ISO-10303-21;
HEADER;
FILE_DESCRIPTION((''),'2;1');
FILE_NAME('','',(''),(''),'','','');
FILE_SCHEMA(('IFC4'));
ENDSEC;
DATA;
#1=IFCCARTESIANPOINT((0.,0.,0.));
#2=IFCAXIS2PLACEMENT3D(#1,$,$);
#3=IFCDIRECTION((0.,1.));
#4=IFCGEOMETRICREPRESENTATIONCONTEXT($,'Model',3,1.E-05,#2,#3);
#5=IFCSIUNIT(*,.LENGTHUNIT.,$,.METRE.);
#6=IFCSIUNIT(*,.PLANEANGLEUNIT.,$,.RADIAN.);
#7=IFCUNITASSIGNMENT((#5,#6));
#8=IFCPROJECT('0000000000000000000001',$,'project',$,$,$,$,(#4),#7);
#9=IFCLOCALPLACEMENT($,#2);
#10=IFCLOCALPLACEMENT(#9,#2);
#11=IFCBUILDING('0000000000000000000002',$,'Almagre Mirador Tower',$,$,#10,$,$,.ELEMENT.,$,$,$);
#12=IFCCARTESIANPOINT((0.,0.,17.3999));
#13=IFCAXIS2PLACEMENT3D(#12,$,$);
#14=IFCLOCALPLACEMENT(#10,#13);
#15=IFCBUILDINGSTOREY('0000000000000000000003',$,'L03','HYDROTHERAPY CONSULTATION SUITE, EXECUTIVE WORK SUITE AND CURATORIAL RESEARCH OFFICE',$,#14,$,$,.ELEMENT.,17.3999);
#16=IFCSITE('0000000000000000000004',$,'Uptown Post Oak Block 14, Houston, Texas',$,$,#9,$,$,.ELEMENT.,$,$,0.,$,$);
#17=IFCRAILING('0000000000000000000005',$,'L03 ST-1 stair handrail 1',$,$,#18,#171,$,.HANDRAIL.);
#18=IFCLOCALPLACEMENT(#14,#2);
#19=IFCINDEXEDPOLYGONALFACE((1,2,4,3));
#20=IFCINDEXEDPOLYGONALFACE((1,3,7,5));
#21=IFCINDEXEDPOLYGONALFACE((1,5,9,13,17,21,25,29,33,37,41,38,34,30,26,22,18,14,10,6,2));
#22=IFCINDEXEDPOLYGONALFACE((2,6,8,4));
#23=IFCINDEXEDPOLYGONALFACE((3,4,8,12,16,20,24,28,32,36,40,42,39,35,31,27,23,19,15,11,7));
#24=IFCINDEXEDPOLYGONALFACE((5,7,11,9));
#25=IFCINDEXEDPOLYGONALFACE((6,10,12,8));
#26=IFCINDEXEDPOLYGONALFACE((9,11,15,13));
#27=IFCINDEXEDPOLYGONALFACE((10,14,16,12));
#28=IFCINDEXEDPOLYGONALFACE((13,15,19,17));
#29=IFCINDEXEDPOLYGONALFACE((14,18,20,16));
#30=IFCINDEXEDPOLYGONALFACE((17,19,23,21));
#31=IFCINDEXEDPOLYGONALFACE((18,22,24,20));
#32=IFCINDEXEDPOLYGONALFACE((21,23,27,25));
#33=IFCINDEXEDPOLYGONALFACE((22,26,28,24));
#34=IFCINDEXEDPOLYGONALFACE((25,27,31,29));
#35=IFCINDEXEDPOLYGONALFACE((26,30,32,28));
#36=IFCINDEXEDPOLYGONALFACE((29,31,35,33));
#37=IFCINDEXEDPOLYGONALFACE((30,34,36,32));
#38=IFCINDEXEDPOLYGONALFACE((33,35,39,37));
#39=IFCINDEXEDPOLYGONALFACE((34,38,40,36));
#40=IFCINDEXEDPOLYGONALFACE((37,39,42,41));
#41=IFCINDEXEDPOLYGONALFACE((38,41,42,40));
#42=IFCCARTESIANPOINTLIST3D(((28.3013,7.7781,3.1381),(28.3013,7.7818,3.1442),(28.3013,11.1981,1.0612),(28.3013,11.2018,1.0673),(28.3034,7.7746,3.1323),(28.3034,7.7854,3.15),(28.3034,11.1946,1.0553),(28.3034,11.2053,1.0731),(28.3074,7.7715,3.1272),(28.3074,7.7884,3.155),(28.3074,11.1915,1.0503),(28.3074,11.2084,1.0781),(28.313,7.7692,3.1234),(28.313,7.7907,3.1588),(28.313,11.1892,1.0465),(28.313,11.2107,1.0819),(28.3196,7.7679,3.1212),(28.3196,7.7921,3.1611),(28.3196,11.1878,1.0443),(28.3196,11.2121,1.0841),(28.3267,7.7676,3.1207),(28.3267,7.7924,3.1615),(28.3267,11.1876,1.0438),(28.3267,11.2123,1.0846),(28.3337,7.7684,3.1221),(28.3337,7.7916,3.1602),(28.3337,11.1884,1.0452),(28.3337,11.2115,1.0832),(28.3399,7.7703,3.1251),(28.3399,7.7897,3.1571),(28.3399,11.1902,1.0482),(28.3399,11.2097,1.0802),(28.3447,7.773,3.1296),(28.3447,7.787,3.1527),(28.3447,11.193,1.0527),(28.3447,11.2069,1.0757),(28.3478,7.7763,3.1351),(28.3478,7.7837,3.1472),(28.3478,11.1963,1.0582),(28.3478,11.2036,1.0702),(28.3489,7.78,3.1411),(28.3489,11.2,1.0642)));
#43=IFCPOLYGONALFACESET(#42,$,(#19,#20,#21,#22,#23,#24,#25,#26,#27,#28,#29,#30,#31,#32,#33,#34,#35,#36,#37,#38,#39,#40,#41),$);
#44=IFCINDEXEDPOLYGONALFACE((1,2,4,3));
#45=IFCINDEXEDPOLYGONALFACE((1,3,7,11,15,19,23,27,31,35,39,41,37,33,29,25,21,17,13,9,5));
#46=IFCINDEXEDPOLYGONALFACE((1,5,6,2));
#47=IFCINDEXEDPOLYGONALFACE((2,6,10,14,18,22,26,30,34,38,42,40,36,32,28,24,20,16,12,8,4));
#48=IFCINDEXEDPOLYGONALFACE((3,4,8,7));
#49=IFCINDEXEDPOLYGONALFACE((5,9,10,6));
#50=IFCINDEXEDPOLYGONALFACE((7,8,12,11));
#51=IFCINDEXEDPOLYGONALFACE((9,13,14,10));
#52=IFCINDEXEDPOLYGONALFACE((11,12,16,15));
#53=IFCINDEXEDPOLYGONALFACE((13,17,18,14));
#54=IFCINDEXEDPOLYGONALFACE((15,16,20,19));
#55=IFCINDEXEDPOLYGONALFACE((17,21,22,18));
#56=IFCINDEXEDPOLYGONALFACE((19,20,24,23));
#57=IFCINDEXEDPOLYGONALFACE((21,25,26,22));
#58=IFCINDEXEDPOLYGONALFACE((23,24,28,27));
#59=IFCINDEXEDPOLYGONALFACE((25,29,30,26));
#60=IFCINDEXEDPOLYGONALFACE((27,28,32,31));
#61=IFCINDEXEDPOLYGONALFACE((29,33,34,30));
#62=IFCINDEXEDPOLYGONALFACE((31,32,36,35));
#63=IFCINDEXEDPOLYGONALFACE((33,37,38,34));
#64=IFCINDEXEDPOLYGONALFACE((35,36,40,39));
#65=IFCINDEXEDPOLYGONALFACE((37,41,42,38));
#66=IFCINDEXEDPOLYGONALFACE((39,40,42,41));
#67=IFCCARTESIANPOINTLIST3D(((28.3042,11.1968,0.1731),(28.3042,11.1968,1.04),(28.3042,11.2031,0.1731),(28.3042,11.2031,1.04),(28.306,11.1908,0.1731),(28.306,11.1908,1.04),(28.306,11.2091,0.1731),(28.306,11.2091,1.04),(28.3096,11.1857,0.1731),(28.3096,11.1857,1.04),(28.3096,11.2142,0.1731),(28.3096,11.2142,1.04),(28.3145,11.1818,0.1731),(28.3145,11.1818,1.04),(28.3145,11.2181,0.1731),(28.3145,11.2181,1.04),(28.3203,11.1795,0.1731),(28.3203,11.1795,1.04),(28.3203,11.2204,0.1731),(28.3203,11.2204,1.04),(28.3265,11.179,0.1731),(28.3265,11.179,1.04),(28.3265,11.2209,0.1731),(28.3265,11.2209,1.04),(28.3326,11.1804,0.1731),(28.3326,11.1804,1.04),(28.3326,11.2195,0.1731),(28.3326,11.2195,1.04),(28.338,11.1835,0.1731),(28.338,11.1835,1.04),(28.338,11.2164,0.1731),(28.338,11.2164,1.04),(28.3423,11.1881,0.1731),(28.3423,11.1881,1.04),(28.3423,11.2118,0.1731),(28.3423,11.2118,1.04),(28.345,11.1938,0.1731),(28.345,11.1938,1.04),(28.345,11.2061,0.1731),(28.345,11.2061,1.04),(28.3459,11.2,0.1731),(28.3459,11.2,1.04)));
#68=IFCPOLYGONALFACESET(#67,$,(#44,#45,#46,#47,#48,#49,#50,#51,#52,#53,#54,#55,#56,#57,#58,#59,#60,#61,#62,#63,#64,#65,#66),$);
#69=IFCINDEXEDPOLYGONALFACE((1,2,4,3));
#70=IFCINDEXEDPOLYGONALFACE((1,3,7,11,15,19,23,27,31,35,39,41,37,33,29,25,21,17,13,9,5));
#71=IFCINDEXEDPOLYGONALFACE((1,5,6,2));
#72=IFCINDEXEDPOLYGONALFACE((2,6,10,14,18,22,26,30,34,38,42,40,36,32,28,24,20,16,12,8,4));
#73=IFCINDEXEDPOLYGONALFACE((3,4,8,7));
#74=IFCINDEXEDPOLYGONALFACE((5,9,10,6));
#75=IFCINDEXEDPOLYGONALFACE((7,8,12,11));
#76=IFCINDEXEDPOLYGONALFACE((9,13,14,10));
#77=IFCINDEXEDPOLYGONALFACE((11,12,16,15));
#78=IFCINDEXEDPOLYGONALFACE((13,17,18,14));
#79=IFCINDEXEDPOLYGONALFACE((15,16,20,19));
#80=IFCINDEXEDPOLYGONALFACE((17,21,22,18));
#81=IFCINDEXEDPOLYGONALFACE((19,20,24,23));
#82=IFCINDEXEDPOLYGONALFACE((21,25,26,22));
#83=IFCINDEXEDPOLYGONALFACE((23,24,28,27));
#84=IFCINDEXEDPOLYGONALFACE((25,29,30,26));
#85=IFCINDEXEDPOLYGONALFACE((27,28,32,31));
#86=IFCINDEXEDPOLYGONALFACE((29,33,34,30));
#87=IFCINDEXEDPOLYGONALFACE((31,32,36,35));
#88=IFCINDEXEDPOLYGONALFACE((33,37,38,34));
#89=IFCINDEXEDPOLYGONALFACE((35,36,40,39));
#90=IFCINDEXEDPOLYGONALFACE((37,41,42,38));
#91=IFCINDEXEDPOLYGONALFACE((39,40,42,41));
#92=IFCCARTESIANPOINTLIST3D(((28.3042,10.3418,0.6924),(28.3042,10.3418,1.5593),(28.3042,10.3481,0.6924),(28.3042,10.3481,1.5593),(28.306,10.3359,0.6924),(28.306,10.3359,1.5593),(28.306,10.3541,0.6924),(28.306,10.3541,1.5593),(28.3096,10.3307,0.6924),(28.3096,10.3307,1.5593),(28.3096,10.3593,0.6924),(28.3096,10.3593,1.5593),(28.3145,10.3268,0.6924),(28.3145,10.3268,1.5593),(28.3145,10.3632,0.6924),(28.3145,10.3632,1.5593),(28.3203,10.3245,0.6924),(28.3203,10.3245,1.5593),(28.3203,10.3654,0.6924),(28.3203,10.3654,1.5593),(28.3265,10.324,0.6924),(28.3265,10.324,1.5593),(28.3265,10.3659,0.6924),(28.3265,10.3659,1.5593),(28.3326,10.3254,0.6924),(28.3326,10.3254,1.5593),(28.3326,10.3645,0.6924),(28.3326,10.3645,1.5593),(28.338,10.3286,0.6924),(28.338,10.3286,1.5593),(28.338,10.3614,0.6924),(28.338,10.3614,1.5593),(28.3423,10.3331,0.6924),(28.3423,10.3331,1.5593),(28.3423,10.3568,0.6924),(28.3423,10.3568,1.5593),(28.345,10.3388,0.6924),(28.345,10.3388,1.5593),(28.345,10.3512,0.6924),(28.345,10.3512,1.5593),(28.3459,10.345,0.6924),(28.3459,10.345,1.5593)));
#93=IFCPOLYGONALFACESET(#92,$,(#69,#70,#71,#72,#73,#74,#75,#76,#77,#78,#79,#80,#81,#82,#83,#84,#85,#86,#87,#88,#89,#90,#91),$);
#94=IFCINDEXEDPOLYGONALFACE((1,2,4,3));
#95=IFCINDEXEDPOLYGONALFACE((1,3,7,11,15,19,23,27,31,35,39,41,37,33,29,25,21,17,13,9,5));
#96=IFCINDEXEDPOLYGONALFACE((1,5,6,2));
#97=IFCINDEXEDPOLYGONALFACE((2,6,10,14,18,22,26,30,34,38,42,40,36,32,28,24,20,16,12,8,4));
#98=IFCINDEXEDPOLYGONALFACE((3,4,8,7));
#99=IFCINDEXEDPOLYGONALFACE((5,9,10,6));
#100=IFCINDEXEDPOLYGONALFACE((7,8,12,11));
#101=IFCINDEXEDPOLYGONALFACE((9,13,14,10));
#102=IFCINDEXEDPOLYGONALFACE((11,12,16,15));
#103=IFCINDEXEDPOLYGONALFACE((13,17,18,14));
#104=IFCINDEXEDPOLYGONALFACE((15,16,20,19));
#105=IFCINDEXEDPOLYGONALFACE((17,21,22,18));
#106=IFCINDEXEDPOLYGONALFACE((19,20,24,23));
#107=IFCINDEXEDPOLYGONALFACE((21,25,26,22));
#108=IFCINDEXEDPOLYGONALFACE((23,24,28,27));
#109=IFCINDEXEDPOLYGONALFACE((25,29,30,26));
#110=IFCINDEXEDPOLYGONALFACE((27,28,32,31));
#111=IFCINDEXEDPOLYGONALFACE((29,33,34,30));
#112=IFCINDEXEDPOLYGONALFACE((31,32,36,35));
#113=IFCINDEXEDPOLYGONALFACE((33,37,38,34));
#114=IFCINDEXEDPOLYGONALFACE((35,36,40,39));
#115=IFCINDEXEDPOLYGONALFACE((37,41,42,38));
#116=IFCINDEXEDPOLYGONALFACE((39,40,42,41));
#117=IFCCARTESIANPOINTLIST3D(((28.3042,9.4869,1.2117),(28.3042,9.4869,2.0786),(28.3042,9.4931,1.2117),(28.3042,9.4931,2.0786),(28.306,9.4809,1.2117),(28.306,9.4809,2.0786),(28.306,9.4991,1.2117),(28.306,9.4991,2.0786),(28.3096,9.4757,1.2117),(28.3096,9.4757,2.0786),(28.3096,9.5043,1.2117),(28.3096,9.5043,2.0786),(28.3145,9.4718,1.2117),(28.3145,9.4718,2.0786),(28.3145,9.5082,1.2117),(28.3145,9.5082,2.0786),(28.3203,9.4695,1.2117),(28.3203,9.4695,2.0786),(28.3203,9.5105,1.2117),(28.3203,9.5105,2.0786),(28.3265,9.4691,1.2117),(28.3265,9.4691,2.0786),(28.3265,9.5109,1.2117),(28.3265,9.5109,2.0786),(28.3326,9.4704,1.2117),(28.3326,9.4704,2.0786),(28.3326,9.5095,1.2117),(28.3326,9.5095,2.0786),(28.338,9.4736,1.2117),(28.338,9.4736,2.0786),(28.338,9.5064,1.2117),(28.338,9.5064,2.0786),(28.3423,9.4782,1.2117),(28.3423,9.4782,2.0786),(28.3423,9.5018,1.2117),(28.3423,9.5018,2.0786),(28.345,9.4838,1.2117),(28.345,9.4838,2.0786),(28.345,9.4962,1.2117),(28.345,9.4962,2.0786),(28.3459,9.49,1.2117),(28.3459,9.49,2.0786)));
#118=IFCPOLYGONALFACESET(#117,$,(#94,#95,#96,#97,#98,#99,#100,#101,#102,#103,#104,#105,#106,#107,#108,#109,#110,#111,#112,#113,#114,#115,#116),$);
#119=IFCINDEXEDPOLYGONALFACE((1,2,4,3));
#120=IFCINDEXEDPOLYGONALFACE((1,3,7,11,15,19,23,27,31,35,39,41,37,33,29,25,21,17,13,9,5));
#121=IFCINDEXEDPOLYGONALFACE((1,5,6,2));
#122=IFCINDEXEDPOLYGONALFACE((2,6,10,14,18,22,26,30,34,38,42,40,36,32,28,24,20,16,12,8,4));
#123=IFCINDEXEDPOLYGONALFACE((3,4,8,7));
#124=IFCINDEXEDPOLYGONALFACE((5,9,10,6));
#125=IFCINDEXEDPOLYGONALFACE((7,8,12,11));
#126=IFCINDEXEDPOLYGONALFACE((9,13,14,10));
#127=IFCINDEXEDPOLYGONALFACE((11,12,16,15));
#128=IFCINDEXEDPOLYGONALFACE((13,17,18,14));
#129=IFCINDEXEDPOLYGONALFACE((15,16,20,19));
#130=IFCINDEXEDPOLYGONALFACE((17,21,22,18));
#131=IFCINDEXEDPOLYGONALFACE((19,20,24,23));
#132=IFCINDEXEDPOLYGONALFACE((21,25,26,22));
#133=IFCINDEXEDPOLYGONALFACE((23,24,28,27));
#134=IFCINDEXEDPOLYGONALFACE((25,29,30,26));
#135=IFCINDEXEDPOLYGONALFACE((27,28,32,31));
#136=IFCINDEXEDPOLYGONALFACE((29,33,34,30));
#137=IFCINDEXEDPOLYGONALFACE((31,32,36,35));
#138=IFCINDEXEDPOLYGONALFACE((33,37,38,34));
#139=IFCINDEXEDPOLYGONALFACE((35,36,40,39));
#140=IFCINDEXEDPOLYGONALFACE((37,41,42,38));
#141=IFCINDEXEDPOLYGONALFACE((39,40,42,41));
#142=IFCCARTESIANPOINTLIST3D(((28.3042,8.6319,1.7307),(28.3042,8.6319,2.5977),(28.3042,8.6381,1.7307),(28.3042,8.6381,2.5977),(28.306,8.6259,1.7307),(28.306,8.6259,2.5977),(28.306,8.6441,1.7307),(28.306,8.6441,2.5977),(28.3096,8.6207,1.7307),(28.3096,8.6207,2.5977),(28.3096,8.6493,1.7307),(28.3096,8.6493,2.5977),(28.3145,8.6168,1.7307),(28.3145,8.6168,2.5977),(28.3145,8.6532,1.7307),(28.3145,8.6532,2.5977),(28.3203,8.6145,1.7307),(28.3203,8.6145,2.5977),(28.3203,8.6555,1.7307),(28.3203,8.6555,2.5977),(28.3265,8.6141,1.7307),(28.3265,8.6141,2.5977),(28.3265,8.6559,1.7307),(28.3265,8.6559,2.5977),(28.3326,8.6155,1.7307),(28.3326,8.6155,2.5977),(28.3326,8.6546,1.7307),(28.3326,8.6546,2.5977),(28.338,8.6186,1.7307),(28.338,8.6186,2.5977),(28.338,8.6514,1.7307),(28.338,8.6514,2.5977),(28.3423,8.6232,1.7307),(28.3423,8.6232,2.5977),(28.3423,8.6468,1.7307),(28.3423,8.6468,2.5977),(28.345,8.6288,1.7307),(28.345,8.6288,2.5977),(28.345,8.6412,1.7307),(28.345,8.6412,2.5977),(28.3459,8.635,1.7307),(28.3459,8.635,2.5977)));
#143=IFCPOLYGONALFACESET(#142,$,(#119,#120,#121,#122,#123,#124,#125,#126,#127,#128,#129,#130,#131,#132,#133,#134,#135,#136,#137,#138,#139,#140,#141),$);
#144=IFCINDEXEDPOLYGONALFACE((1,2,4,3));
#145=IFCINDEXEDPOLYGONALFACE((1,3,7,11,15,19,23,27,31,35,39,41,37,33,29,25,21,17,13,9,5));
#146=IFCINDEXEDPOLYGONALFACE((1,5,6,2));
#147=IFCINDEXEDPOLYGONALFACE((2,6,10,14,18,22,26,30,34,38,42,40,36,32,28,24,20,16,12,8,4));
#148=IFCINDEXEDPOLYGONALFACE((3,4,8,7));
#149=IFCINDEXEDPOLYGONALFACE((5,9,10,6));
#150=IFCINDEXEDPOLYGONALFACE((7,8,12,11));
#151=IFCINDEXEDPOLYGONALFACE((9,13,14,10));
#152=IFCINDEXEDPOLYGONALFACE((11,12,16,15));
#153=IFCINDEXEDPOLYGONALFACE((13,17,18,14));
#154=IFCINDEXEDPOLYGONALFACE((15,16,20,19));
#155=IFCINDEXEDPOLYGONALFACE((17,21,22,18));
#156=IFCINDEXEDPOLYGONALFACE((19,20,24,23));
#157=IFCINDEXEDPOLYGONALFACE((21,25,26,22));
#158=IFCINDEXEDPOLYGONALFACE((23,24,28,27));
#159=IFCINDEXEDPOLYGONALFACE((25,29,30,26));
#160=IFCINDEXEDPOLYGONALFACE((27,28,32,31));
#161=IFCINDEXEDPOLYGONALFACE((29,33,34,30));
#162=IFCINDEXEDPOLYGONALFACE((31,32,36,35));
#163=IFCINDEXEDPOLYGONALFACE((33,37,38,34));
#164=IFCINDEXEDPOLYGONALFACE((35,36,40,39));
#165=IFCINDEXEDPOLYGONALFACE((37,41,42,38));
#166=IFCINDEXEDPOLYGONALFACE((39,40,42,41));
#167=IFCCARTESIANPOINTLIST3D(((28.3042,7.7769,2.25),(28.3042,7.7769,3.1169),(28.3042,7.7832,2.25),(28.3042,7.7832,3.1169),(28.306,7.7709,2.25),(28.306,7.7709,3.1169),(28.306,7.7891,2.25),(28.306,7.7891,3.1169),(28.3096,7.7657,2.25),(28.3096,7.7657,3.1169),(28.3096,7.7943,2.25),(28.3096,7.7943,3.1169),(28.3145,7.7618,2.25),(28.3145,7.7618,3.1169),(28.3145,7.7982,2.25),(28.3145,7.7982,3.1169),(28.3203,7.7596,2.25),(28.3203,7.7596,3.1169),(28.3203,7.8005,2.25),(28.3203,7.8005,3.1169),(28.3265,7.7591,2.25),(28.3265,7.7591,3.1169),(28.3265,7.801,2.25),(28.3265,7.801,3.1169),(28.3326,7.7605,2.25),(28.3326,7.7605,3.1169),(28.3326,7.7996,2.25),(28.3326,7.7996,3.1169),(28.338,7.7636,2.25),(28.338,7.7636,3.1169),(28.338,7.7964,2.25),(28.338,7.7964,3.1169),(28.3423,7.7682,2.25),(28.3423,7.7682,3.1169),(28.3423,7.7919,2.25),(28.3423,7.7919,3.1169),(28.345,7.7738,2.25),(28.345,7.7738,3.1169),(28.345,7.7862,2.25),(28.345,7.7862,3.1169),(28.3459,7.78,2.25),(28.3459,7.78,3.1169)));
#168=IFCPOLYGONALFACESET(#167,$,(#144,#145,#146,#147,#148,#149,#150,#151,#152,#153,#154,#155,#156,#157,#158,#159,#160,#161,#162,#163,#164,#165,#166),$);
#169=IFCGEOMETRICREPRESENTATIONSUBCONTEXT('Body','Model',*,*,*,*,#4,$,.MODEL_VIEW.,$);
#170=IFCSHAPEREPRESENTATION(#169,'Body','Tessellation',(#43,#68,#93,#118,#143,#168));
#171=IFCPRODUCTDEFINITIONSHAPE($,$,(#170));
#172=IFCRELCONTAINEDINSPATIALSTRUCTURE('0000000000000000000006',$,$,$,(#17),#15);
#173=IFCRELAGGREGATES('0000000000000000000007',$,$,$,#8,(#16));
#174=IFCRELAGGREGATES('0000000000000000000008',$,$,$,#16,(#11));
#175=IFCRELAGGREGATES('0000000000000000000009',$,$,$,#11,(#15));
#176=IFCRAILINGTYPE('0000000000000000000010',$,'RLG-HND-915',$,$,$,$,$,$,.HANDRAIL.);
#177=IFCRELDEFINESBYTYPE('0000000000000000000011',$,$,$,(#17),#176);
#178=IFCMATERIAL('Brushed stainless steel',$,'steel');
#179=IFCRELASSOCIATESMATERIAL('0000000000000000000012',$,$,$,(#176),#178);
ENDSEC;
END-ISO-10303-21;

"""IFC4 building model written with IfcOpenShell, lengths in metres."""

from ifc_helpers import new_model, si_unit, direction, frame, origin, origin_2d, place, context, subcontext, project, spatial, circle, extrude, material, type_object, element, save


model = new_model("IFC4")

# Units and contexts
model_context = context("Model", 3, precision=1e-05, world=origin(), true_north=direction((0.0, 1.0)))
body_context = subcontext(model_context, "Body", "Model", "MODEL_VIEW")
ifc_project = project(units=[si_unit("LENGTHUNIT", "METRE"), si_unit("PLANEANGLEUNIT", "RADIAN")], contexts=[model_context])

# Site, building, storey
site_placement = place(None, origin())
site = spatial("IfcSite", under=ifc_project, at=site_placement, Name="Uptown Post Oak Block 14, Houston, Texas", CompositionType="ELEMENT", RefElevation=0.0)
building_placement = place(site_placement, origin())
building = spatial("IfcBuilding", under=site, at=building_placement, Name="Almagre Mirador Tower", CompositionType="ELEMENT")
storey_placement = place(building_placement, frame((0.0, 0.0, 17.3999)))
storey = spatial("IfcBuildingStorey", under=building, at=storey_placement, Name="L03", Description="HYDROTHERAPY CONSULTATION SUITE, EXECUTIVE WORK SUITE AND CURATORIAL RESEARCH OFFICE", CompositionType="ELEMENT", Elevation=17.3999)

# Railing
ifc_material_1 = material(Name="Brushed stainless steel", Category="steel")
railing_type_1 = type_object("IfcRailingType", Name="RLG-HND-915", PredefinedType="HANDRAIL", material=ifc_material_1)
railing_1_placement = place(storey_placement, frame((28.325, 11.2, 0.1731)))
element("IfcRailing", 1, at=railing_1_placement, inside=storey, type_object=railing_type_1, Name="L03 ST-1 stair handrail 1", PredefinedType="HANDRAIL", context=body_context, shape_type="SweptSolid", body=[
    extrude(circle(Radius=0.0239, at=origin_2d()), frame((0.0, 0.0, 0.8911), z_axis=(0.0, -0.85473, 0.519074), x_axis=(1.0, 0.0, 0.0)), (0.0, 0.0, 1.0), 4.0012),
    extrude(circle(Radius=0.021, at=origin_2d()), origin(), (0.0, 0.0, 1.0), 0.8669),
    extrude(circle(Radius=0.021, at=origin_2d()), frame((0.0, -0.855, 0.5193)), (0.0, 0.0, 1.0), 0.8669),
    extrude(circle(Radius=0.021, at=origin_2d()), frame((0.0, -1.71, 1.0386)), (0.0, 0.0, 1.0), 0.8669),
    extrude(circle(Radius=0.021, at=origin_2d()), frame((0.0, -2.5649, 1.5576)), (0.0, 0.0, 1.0), 0.8669),
    extrude(circle(Radius=0.021, at=origin_2d()), frame((0.0, -3.4199, 2.0769)), (0.0, 0.0, 1.0), 0.8669),
])

save(model, "model.ifc")
